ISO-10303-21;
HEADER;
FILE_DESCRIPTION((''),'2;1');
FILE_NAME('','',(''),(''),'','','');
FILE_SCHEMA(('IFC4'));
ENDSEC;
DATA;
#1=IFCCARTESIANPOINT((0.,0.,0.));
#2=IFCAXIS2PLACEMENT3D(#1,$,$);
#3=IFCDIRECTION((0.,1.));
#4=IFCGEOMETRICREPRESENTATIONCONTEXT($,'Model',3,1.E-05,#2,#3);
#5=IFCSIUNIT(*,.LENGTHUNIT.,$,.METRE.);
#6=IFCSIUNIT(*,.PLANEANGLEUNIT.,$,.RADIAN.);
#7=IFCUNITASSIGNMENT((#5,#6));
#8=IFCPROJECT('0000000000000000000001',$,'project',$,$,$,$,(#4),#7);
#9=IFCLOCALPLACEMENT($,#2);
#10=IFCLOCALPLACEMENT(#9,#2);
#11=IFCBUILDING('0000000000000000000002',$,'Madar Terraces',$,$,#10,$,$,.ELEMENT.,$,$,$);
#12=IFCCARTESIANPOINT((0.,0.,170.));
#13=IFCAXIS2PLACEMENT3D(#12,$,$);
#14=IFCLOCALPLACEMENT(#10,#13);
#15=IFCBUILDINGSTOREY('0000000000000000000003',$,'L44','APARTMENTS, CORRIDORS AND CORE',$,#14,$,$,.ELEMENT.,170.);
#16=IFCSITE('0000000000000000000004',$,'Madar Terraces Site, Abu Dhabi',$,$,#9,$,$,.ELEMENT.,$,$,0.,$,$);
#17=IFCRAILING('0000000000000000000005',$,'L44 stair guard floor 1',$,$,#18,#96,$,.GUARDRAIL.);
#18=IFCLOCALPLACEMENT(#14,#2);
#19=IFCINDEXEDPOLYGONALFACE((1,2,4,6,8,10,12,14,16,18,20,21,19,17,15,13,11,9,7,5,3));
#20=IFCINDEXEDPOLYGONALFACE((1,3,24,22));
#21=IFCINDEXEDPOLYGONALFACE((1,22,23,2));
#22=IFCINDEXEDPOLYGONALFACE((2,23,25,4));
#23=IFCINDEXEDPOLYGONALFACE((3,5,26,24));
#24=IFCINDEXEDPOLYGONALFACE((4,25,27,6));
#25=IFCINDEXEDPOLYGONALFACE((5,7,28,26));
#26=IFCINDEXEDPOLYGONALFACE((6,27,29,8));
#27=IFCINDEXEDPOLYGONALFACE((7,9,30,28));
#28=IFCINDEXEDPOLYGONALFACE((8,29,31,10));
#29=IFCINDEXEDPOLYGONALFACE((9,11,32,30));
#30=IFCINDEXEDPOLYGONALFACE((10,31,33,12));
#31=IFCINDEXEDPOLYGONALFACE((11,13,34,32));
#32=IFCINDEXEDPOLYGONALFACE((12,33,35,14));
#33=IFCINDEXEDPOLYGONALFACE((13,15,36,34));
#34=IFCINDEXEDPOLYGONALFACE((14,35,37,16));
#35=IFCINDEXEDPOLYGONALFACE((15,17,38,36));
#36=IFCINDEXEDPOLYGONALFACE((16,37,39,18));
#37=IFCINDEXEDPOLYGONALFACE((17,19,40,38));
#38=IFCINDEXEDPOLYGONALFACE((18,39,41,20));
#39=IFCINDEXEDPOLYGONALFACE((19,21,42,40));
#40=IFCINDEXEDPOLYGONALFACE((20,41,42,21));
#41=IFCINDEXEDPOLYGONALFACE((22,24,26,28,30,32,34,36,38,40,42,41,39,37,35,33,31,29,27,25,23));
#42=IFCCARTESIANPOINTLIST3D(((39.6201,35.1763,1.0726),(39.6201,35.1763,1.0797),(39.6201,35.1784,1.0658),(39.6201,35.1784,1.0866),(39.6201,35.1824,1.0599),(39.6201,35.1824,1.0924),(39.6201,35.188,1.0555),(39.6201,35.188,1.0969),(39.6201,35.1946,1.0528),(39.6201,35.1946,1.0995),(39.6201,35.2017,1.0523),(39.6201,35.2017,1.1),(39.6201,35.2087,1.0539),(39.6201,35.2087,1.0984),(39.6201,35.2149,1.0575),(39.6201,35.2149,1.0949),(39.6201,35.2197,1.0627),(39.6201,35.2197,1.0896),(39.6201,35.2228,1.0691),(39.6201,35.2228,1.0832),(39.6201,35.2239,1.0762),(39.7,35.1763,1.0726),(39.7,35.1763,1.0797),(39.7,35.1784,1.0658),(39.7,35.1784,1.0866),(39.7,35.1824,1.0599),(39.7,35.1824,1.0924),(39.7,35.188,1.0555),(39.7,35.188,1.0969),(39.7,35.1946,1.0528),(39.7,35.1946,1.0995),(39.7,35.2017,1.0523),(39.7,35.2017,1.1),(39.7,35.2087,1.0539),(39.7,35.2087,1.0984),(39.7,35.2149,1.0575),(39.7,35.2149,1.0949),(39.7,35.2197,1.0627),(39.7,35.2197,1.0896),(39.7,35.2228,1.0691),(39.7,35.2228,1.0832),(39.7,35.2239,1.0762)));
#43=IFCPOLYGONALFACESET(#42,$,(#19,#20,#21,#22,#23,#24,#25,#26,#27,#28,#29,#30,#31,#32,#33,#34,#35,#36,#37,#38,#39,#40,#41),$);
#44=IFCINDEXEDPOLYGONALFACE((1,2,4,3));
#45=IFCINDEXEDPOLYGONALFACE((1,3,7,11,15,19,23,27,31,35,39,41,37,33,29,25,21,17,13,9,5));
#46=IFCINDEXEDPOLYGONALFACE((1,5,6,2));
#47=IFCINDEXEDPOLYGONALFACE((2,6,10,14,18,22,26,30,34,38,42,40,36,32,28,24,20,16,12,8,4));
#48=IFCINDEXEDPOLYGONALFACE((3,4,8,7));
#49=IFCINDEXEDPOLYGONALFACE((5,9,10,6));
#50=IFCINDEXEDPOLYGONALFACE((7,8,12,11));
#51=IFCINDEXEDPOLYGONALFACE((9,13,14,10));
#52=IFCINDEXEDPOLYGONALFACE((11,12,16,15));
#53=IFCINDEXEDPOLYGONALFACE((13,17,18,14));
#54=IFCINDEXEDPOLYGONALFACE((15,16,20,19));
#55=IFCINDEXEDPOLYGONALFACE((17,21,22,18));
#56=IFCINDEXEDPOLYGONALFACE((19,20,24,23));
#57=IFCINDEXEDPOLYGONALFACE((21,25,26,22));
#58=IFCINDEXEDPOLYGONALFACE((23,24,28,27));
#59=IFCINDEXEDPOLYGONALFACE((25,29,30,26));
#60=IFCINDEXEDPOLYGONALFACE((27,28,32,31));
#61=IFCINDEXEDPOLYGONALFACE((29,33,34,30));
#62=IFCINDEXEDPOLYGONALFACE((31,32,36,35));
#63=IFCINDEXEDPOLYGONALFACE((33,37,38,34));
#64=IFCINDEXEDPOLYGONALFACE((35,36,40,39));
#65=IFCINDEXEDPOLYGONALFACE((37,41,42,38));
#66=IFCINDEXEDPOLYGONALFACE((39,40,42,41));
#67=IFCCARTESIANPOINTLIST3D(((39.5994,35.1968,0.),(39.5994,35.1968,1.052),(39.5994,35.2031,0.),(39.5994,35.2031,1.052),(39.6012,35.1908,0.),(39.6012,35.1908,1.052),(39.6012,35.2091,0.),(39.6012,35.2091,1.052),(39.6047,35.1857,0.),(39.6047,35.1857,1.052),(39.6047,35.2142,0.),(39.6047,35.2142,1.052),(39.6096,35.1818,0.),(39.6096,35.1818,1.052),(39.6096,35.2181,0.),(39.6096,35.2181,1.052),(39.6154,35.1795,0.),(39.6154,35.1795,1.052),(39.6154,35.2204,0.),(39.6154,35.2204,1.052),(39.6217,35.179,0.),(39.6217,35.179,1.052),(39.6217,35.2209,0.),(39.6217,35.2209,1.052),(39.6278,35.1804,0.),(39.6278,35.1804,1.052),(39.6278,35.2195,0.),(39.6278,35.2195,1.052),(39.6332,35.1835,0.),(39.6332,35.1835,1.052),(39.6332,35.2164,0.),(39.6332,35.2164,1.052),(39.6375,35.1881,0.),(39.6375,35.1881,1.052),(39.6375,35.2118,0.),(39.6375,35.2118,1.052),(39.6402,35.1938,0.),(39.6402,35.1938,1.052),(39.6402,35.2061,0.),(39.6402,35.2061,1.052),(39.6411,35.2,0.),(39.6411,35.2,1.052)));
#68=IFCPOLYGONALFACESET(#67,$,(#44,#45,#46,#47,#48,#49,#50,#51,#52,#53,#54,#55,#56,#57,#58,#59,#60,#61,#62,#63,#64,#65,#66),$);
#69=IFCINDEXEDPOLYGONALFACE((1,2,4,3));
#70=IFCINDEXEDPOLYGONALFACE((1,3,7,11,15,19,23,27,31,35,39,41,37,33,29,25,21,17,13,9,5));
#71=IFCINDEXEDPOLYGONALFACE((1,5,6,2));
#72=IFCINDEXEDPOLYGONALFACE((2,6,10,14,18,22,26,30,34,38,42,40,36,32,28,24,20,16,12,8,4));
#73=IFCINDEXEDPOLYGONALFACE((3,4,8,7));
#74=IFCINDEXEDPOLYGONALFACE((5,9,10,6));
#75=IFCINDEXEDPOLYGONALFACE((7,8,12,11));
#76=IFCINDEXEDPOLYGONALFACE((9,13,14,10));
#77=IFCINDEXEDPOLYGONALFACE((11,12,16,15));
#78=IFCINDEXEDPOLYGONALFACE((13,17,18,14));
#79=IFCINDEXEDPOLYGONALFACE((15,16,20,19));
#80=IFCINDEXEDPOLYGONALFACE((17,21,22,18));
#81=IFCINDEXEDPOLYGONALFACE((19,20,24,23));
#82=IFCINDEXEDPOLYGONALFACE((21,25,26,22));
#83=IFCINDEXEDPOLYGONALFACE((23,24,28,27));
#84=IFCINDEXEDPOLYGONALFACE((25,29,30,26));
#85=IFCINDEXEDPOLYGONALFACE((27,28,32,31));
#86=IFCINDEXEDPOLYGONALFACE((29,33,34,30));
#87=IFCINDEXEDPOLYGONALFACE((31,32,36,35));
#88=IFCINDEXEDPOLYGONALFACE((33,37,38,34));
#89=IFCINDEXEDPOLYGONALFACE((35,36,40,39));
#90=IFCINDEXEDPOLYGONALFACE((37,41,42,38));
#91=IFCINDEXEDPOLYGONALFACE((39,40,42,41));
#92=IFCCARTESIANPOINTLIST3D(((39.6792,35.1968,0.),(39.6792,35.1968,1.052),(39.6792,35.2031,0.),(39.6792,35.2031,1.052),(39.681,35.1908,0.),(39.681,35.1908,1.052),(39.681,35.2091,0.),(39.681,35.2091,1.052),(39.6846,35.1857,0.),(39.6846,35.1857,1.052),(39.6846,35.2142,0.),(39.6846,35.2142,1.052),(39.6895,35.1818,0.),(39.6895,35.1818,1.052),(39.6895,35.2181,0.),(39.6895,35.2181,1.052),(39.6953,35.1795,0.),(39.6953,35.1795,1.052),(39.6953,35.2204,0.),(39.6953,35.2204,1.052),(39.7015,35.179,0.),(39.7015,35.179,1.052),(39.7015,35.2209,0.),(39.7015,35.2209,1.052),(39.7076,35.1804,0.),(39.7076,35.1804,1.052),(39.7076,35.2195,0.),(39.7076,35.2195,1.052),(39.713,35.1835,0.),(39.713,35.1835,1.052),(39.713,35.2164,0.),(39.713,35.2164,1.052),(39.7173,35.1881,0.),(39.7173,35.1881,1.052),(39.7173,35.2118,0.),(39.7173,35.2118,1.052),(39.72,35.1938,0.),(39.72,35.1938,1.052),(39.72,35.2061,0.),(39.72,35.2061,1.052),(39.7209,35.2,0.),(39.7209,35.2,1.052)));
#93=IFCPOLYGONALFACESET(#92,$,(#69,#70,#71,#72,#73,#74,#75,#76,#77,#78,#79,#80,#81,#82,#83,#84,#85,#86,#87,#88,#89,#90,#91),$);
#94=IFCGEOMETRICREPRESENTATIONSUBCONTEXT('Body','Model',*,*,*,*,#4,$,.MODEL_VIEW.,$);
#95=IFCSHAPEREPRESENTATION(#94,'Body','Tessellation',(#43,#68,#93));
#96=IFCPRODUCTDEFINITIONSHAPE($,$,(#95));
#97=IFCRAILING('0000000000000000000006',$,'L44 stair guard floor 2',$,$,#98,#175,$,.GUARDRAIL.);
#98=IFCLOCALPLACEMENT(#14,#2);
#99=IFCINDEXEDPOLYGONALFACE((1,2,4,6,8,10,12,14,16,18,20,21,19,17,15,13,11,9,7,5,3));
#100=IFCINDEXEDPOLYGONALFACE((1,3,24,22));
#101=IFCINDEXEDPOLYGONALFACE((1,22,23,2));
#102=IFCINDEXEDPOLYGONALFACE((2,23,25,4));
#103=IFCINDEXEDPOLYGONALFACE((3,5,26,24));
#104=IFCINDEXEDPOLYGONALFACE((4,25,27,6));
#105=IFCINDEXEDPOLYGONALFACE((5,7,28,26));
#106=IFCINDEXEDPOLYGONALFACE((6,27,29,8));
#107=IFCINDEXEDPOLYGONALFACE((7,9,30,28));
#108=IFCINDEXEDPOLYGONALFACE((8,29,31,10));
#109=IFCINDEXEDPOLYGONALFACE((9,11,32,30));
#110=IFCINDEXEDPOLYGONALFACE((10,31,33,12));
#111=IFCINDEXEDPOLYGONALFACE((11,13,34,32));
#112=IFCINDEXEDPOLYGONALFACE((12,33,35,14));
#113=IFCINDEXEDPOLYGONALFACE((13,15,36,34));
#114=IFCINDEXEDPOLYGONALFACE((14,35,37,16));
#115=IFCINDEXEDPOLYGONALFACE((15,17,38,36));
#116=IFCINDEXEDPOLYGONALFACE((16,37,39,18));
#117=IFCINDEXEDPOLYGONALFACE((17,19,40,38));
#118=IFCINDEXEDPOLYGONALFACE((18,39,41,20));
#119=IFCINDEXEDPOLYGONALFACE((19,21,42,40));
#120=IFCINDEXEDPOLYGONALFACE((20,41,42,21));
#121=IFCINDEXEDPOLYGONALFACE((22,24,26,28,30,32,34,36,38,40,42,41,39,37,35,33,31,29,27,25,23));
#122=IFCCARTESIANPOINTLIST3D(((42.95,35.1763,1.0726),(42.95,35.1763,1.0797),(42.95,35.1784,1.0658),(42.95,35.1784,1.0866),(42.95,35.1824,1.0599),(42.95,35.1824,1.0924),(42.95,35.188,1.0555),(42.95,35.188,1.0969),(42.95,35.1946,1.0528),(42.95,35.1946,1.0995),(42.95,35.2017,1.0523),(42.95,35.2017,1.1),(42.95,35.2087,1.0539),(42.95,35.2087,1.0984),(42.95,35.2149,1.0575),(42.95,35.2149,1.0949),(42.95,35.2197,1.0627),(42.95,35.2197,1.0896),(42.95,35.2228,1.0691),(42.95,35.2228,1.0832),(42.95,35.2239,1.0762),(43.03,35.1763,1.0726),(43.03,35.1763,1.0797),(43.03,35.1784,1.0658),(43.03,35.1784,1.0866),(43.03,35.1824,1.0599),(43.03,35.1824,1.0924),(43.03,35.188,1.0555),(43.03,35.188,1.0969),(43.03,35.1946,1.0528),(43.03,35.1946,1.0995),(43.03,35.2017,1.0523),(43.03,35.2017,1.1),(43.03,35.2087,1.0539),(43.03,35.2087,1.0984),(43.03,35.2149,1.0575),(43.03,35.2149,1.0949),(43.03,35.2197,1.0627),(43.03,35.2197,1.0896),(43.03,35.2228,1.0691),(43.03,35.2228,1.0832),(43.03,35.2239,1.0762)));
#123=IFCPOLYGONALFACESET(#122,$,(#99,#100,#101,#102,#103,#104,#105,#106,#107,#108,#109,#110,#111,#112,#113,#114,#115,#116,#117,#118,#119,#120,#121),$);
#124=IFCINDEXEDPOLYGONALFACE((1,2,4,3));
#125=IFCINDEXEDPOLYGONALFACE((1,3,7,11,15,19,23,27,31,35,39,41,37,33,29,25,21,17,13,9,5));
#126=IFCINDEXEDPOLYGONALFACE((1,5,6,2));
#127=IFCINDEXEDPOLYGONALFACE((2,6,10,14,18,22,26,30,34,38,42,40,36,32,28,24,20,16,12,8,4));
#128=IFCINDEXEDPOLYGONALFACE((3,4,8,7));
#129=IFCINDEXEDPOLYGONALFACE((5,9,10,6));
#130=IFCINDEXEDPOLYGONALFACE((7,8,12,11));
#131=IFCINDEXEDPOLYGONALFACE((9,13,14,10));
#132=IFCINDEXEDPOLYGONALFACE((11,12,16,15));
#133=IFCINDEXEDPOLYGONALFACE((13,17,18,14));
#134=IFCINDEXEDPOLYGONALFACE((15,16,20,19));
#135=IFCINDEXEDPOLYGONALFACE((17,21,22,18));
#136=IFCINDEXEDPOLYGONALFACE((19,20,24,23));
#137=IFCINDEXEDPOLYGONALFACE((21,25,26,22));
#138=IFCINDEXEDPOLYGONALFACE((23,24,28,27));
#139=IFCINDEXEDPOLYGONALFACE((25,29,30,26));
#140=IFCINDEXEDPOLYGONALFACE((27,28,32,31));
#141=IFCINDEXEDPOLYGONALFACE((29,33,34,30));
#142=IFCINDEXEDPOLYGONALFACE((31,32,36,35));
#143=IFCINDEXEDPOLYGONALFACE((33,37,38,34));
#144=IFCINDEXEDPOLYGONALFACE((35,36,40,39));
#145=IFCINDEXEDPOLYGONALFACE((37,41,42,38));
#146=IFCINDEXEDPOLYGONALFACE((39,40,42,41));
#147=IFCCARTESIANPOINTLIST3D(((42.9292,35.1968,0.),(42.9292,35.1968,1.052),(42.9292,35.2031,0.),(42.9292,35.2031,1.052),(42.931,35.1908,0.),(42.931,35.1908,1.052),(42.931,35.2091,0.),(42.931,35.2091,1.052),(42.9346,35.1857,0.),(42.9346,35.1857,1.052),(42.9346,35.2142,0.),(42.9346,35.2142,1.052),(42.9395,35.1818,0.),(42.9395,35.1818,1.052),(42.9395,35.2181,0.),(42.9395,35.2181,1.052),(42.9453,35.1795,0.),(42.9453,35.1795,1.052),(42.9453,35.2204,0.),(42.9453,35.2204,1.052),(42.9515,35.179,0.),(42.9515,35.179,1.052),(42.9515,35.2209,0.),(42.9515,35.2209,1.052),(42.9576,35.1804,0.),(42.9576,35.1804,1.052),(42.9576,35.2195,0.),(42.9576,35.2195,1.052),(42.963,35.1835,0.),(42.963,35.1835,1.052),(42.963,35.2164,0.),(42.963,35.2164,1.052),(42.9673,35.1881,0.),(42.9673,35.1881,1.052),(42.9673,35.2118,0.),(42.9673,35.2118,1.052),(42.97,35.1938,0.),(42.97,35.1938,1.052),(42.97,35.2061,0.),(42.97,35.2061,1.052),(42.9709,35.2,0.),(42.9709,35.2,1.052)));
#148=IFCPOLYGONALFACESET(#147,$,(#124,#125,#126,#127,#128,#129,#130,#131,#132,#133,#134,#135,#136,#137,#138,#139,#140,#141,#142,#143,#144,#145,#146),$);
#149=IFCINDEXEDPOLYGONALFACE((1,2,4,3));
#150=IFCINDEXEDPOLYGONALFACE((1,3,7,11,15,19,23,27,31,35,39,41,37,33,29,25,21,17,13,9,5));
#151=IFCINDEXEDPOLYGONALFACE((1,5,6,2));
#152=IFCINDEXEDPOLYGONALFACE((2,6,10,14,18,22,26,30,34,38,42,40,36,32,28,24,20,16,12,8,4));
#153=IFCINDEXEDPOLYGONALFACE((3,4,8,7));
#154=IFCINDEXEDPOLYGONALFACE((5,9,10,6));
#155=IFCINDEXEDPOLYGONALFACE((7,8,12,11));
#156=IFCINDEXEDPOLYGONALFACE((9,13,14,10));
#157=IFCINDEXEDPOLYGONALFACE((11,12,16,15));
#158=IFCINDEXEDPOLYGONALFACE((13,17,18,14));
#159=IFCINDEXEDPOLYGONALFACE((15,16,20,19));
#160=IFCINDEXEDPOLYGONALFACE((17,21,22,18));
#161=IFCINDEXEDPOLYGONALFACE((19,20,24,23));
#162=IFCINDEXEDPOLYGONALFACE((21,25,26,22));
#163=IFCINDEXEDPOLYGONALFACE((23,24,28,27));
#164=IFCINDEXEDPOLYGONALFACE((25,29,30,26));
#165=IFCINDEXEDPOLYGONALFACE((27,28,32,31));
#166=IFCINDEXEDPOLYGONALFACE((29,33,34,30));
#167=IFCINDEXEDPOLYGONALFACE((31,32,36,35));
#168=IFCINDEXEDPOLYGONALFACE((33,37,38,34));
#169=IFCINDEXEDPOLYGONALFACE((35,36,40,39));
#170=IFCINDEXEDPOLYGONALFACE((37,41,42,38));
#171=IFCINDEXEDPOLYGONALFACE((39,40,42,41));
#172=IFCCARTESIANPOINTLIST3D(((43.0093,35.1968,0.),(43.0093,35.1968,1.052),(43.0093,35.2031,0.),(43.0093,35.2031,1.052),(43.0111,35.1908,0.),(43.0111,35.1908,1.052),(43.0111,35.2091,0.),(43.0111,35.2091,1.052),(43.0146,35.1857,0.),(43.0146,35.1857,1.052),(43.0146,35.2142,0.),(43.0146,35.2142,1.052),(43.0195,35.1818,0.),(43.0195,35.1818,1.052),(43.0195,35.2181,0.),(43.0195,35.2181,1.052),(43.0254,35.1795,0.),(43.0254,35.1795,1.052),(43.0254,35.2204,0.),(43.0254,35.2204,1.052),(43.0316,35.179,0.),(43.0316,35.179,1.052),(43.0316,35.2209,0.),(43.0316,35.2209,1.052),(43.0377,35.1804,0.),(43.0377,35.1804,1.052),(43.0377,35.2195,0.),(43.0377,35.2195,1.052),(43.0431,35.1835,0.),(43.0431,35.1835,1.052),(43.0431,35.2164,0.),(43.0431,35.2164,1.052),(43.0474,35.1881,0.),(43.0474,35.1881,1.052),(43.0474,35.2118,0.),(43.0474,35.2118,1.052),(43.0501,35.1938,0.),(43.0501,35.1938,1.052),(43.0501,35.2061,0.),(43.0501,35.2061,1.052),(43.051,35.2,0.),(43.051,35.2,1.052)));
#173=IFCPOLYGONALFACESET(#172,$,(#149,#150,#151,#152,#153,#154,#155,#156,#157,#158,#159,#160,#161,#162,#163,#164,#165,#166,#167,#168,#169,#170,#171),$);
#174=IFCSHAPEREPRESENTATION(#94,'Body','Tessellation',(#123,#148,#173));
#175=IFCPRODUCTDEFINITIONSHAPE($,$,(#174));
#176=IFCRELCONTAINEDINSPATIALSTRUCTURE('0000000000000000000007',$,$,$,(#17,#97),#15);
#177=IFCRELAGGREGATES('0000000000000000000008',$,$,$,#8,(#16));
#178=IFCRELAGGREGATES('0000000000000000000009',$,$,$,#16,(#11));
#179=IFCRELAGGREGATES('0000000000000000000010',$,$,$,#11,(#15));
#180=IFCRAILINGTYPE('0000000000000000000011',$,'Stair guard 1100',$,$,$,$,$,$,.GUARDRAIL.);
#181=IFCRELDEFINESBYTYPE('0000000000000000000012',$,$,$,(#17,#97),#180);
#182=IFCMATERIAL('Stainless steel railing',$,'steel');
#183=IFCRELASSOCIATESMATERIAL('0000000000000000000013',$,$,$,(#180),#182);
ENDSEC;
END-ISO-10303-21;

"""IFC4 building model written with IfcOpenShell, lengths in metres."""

from ifc_helpers import new_model, si_unit, direction, frame, origin, origin_2d, place, context, subcontext, project, spatial, circle, extrude, material, type_object, element, save


model = new_model("IFC4")

# Units and contexts
model_context = context("Model", 3, precision=1e-05, world=origin(), true_north=direction((0.0, 1.0)))
body_context = subcontext(model_context, "Body", "Model", "MODEL_VIEW")
ifc_project = project(units=[si_unit("LENGTHUNIT", "METRE"), si_unit("PLANEANGLEUNIT", "RADIAN")], contexts=[model_context])

# Site, building, storey
site_placement = place(None, origin())
site = spatial("IfcSite", under=ifc_project, at=site_placement, Name="Madar Terraces Site, Abu Dhabi", CompositionType="ELEMENT", RefElevation=0.0)
building_placement = place(site_placement, origin())
building = spatial("IfcBuilding", under=site, at=building_placement, Name="Madar Terraces", CompositionType="ELEMENT")
storey_placement = place(building_placement, frame((0.0, 0.0, 170.0)))
storey = spatial("IfcBuildingStorey", under=building, at=storey_placement, Name="L44", Description="APARTMENTS, CORRIDORS AND CORE", CompositionType="ELEMENT", Elevation=170.0)

# Railings
ifc_material_1 = material(Name="Stainless steel railing", Category="steel")
railing_type_1 = type_object("IfcRailingType", Name="Stair guard 1100", PredefinedType="GUARDRAIL", material=ifc_material_1)
railing_1_placement = place(storey_placement, frame((39.6201, 35.2, 0.0)))
element("IfcRailing", 1, at=railing_1_placement, inside=storey, type_object=railing_type_1, Name="L44 stair guard floor 1", PredefinedType="GUARDRAIL", context=body_context, shape_type="SweptSolid", body=[
    extrude(circle(Radius=0.0239, at=origin_2d()), frame((0.0, 0.0, 1.0762), z_axis=(1.0, 0.0, 0.0), x_axis=(0.0, 1.0, 0.0)), (0.0, 0.0, 1.0), 0.0798),
    extrude(circle(Radius=0.021, at=origin_2d()), origin(), (0.0, 0.0, 1.0), 1.052),
    extrude(circle(Radius=0.021, at=origin_2d()), frame((0.0798, 0.0, 0.0)), (0.0, 0.0, 1.0), 1.052),
])
railing_2_placement = place(storey_placement, frame((42.95, 35.2, 0.0)))
element("IfcRailing", 2, at=railing_2_placement, inside=storey, type_object=railing_type_1, Name="L44 stair guard floor 2", PredefinedType="GUARDRAIL", context=body_context, shape_type="SweptSolid", body=[
    extrude(circle(Radius=0.0239, at=origin_2d()), frame((0.0, 0.0, 1.0762), z_axis=(1.0, 0.0, 0.0), x_axis=(0.0, 1.0, 0.0)), (0.0, 0.0, 1.0), 0.0801),
    extrude(circle(Radius=0.021, at=origin_2d()), origin(), (0.0, 0.0, 1.0), 1.052),
    extrude(circle(Radius=0.021, at=origin_2d()), frame((0.0801, 0.0, 0.0)), (0.0, 0.0, 1.0), 1.052),
])

save(model, "model.ifc")
